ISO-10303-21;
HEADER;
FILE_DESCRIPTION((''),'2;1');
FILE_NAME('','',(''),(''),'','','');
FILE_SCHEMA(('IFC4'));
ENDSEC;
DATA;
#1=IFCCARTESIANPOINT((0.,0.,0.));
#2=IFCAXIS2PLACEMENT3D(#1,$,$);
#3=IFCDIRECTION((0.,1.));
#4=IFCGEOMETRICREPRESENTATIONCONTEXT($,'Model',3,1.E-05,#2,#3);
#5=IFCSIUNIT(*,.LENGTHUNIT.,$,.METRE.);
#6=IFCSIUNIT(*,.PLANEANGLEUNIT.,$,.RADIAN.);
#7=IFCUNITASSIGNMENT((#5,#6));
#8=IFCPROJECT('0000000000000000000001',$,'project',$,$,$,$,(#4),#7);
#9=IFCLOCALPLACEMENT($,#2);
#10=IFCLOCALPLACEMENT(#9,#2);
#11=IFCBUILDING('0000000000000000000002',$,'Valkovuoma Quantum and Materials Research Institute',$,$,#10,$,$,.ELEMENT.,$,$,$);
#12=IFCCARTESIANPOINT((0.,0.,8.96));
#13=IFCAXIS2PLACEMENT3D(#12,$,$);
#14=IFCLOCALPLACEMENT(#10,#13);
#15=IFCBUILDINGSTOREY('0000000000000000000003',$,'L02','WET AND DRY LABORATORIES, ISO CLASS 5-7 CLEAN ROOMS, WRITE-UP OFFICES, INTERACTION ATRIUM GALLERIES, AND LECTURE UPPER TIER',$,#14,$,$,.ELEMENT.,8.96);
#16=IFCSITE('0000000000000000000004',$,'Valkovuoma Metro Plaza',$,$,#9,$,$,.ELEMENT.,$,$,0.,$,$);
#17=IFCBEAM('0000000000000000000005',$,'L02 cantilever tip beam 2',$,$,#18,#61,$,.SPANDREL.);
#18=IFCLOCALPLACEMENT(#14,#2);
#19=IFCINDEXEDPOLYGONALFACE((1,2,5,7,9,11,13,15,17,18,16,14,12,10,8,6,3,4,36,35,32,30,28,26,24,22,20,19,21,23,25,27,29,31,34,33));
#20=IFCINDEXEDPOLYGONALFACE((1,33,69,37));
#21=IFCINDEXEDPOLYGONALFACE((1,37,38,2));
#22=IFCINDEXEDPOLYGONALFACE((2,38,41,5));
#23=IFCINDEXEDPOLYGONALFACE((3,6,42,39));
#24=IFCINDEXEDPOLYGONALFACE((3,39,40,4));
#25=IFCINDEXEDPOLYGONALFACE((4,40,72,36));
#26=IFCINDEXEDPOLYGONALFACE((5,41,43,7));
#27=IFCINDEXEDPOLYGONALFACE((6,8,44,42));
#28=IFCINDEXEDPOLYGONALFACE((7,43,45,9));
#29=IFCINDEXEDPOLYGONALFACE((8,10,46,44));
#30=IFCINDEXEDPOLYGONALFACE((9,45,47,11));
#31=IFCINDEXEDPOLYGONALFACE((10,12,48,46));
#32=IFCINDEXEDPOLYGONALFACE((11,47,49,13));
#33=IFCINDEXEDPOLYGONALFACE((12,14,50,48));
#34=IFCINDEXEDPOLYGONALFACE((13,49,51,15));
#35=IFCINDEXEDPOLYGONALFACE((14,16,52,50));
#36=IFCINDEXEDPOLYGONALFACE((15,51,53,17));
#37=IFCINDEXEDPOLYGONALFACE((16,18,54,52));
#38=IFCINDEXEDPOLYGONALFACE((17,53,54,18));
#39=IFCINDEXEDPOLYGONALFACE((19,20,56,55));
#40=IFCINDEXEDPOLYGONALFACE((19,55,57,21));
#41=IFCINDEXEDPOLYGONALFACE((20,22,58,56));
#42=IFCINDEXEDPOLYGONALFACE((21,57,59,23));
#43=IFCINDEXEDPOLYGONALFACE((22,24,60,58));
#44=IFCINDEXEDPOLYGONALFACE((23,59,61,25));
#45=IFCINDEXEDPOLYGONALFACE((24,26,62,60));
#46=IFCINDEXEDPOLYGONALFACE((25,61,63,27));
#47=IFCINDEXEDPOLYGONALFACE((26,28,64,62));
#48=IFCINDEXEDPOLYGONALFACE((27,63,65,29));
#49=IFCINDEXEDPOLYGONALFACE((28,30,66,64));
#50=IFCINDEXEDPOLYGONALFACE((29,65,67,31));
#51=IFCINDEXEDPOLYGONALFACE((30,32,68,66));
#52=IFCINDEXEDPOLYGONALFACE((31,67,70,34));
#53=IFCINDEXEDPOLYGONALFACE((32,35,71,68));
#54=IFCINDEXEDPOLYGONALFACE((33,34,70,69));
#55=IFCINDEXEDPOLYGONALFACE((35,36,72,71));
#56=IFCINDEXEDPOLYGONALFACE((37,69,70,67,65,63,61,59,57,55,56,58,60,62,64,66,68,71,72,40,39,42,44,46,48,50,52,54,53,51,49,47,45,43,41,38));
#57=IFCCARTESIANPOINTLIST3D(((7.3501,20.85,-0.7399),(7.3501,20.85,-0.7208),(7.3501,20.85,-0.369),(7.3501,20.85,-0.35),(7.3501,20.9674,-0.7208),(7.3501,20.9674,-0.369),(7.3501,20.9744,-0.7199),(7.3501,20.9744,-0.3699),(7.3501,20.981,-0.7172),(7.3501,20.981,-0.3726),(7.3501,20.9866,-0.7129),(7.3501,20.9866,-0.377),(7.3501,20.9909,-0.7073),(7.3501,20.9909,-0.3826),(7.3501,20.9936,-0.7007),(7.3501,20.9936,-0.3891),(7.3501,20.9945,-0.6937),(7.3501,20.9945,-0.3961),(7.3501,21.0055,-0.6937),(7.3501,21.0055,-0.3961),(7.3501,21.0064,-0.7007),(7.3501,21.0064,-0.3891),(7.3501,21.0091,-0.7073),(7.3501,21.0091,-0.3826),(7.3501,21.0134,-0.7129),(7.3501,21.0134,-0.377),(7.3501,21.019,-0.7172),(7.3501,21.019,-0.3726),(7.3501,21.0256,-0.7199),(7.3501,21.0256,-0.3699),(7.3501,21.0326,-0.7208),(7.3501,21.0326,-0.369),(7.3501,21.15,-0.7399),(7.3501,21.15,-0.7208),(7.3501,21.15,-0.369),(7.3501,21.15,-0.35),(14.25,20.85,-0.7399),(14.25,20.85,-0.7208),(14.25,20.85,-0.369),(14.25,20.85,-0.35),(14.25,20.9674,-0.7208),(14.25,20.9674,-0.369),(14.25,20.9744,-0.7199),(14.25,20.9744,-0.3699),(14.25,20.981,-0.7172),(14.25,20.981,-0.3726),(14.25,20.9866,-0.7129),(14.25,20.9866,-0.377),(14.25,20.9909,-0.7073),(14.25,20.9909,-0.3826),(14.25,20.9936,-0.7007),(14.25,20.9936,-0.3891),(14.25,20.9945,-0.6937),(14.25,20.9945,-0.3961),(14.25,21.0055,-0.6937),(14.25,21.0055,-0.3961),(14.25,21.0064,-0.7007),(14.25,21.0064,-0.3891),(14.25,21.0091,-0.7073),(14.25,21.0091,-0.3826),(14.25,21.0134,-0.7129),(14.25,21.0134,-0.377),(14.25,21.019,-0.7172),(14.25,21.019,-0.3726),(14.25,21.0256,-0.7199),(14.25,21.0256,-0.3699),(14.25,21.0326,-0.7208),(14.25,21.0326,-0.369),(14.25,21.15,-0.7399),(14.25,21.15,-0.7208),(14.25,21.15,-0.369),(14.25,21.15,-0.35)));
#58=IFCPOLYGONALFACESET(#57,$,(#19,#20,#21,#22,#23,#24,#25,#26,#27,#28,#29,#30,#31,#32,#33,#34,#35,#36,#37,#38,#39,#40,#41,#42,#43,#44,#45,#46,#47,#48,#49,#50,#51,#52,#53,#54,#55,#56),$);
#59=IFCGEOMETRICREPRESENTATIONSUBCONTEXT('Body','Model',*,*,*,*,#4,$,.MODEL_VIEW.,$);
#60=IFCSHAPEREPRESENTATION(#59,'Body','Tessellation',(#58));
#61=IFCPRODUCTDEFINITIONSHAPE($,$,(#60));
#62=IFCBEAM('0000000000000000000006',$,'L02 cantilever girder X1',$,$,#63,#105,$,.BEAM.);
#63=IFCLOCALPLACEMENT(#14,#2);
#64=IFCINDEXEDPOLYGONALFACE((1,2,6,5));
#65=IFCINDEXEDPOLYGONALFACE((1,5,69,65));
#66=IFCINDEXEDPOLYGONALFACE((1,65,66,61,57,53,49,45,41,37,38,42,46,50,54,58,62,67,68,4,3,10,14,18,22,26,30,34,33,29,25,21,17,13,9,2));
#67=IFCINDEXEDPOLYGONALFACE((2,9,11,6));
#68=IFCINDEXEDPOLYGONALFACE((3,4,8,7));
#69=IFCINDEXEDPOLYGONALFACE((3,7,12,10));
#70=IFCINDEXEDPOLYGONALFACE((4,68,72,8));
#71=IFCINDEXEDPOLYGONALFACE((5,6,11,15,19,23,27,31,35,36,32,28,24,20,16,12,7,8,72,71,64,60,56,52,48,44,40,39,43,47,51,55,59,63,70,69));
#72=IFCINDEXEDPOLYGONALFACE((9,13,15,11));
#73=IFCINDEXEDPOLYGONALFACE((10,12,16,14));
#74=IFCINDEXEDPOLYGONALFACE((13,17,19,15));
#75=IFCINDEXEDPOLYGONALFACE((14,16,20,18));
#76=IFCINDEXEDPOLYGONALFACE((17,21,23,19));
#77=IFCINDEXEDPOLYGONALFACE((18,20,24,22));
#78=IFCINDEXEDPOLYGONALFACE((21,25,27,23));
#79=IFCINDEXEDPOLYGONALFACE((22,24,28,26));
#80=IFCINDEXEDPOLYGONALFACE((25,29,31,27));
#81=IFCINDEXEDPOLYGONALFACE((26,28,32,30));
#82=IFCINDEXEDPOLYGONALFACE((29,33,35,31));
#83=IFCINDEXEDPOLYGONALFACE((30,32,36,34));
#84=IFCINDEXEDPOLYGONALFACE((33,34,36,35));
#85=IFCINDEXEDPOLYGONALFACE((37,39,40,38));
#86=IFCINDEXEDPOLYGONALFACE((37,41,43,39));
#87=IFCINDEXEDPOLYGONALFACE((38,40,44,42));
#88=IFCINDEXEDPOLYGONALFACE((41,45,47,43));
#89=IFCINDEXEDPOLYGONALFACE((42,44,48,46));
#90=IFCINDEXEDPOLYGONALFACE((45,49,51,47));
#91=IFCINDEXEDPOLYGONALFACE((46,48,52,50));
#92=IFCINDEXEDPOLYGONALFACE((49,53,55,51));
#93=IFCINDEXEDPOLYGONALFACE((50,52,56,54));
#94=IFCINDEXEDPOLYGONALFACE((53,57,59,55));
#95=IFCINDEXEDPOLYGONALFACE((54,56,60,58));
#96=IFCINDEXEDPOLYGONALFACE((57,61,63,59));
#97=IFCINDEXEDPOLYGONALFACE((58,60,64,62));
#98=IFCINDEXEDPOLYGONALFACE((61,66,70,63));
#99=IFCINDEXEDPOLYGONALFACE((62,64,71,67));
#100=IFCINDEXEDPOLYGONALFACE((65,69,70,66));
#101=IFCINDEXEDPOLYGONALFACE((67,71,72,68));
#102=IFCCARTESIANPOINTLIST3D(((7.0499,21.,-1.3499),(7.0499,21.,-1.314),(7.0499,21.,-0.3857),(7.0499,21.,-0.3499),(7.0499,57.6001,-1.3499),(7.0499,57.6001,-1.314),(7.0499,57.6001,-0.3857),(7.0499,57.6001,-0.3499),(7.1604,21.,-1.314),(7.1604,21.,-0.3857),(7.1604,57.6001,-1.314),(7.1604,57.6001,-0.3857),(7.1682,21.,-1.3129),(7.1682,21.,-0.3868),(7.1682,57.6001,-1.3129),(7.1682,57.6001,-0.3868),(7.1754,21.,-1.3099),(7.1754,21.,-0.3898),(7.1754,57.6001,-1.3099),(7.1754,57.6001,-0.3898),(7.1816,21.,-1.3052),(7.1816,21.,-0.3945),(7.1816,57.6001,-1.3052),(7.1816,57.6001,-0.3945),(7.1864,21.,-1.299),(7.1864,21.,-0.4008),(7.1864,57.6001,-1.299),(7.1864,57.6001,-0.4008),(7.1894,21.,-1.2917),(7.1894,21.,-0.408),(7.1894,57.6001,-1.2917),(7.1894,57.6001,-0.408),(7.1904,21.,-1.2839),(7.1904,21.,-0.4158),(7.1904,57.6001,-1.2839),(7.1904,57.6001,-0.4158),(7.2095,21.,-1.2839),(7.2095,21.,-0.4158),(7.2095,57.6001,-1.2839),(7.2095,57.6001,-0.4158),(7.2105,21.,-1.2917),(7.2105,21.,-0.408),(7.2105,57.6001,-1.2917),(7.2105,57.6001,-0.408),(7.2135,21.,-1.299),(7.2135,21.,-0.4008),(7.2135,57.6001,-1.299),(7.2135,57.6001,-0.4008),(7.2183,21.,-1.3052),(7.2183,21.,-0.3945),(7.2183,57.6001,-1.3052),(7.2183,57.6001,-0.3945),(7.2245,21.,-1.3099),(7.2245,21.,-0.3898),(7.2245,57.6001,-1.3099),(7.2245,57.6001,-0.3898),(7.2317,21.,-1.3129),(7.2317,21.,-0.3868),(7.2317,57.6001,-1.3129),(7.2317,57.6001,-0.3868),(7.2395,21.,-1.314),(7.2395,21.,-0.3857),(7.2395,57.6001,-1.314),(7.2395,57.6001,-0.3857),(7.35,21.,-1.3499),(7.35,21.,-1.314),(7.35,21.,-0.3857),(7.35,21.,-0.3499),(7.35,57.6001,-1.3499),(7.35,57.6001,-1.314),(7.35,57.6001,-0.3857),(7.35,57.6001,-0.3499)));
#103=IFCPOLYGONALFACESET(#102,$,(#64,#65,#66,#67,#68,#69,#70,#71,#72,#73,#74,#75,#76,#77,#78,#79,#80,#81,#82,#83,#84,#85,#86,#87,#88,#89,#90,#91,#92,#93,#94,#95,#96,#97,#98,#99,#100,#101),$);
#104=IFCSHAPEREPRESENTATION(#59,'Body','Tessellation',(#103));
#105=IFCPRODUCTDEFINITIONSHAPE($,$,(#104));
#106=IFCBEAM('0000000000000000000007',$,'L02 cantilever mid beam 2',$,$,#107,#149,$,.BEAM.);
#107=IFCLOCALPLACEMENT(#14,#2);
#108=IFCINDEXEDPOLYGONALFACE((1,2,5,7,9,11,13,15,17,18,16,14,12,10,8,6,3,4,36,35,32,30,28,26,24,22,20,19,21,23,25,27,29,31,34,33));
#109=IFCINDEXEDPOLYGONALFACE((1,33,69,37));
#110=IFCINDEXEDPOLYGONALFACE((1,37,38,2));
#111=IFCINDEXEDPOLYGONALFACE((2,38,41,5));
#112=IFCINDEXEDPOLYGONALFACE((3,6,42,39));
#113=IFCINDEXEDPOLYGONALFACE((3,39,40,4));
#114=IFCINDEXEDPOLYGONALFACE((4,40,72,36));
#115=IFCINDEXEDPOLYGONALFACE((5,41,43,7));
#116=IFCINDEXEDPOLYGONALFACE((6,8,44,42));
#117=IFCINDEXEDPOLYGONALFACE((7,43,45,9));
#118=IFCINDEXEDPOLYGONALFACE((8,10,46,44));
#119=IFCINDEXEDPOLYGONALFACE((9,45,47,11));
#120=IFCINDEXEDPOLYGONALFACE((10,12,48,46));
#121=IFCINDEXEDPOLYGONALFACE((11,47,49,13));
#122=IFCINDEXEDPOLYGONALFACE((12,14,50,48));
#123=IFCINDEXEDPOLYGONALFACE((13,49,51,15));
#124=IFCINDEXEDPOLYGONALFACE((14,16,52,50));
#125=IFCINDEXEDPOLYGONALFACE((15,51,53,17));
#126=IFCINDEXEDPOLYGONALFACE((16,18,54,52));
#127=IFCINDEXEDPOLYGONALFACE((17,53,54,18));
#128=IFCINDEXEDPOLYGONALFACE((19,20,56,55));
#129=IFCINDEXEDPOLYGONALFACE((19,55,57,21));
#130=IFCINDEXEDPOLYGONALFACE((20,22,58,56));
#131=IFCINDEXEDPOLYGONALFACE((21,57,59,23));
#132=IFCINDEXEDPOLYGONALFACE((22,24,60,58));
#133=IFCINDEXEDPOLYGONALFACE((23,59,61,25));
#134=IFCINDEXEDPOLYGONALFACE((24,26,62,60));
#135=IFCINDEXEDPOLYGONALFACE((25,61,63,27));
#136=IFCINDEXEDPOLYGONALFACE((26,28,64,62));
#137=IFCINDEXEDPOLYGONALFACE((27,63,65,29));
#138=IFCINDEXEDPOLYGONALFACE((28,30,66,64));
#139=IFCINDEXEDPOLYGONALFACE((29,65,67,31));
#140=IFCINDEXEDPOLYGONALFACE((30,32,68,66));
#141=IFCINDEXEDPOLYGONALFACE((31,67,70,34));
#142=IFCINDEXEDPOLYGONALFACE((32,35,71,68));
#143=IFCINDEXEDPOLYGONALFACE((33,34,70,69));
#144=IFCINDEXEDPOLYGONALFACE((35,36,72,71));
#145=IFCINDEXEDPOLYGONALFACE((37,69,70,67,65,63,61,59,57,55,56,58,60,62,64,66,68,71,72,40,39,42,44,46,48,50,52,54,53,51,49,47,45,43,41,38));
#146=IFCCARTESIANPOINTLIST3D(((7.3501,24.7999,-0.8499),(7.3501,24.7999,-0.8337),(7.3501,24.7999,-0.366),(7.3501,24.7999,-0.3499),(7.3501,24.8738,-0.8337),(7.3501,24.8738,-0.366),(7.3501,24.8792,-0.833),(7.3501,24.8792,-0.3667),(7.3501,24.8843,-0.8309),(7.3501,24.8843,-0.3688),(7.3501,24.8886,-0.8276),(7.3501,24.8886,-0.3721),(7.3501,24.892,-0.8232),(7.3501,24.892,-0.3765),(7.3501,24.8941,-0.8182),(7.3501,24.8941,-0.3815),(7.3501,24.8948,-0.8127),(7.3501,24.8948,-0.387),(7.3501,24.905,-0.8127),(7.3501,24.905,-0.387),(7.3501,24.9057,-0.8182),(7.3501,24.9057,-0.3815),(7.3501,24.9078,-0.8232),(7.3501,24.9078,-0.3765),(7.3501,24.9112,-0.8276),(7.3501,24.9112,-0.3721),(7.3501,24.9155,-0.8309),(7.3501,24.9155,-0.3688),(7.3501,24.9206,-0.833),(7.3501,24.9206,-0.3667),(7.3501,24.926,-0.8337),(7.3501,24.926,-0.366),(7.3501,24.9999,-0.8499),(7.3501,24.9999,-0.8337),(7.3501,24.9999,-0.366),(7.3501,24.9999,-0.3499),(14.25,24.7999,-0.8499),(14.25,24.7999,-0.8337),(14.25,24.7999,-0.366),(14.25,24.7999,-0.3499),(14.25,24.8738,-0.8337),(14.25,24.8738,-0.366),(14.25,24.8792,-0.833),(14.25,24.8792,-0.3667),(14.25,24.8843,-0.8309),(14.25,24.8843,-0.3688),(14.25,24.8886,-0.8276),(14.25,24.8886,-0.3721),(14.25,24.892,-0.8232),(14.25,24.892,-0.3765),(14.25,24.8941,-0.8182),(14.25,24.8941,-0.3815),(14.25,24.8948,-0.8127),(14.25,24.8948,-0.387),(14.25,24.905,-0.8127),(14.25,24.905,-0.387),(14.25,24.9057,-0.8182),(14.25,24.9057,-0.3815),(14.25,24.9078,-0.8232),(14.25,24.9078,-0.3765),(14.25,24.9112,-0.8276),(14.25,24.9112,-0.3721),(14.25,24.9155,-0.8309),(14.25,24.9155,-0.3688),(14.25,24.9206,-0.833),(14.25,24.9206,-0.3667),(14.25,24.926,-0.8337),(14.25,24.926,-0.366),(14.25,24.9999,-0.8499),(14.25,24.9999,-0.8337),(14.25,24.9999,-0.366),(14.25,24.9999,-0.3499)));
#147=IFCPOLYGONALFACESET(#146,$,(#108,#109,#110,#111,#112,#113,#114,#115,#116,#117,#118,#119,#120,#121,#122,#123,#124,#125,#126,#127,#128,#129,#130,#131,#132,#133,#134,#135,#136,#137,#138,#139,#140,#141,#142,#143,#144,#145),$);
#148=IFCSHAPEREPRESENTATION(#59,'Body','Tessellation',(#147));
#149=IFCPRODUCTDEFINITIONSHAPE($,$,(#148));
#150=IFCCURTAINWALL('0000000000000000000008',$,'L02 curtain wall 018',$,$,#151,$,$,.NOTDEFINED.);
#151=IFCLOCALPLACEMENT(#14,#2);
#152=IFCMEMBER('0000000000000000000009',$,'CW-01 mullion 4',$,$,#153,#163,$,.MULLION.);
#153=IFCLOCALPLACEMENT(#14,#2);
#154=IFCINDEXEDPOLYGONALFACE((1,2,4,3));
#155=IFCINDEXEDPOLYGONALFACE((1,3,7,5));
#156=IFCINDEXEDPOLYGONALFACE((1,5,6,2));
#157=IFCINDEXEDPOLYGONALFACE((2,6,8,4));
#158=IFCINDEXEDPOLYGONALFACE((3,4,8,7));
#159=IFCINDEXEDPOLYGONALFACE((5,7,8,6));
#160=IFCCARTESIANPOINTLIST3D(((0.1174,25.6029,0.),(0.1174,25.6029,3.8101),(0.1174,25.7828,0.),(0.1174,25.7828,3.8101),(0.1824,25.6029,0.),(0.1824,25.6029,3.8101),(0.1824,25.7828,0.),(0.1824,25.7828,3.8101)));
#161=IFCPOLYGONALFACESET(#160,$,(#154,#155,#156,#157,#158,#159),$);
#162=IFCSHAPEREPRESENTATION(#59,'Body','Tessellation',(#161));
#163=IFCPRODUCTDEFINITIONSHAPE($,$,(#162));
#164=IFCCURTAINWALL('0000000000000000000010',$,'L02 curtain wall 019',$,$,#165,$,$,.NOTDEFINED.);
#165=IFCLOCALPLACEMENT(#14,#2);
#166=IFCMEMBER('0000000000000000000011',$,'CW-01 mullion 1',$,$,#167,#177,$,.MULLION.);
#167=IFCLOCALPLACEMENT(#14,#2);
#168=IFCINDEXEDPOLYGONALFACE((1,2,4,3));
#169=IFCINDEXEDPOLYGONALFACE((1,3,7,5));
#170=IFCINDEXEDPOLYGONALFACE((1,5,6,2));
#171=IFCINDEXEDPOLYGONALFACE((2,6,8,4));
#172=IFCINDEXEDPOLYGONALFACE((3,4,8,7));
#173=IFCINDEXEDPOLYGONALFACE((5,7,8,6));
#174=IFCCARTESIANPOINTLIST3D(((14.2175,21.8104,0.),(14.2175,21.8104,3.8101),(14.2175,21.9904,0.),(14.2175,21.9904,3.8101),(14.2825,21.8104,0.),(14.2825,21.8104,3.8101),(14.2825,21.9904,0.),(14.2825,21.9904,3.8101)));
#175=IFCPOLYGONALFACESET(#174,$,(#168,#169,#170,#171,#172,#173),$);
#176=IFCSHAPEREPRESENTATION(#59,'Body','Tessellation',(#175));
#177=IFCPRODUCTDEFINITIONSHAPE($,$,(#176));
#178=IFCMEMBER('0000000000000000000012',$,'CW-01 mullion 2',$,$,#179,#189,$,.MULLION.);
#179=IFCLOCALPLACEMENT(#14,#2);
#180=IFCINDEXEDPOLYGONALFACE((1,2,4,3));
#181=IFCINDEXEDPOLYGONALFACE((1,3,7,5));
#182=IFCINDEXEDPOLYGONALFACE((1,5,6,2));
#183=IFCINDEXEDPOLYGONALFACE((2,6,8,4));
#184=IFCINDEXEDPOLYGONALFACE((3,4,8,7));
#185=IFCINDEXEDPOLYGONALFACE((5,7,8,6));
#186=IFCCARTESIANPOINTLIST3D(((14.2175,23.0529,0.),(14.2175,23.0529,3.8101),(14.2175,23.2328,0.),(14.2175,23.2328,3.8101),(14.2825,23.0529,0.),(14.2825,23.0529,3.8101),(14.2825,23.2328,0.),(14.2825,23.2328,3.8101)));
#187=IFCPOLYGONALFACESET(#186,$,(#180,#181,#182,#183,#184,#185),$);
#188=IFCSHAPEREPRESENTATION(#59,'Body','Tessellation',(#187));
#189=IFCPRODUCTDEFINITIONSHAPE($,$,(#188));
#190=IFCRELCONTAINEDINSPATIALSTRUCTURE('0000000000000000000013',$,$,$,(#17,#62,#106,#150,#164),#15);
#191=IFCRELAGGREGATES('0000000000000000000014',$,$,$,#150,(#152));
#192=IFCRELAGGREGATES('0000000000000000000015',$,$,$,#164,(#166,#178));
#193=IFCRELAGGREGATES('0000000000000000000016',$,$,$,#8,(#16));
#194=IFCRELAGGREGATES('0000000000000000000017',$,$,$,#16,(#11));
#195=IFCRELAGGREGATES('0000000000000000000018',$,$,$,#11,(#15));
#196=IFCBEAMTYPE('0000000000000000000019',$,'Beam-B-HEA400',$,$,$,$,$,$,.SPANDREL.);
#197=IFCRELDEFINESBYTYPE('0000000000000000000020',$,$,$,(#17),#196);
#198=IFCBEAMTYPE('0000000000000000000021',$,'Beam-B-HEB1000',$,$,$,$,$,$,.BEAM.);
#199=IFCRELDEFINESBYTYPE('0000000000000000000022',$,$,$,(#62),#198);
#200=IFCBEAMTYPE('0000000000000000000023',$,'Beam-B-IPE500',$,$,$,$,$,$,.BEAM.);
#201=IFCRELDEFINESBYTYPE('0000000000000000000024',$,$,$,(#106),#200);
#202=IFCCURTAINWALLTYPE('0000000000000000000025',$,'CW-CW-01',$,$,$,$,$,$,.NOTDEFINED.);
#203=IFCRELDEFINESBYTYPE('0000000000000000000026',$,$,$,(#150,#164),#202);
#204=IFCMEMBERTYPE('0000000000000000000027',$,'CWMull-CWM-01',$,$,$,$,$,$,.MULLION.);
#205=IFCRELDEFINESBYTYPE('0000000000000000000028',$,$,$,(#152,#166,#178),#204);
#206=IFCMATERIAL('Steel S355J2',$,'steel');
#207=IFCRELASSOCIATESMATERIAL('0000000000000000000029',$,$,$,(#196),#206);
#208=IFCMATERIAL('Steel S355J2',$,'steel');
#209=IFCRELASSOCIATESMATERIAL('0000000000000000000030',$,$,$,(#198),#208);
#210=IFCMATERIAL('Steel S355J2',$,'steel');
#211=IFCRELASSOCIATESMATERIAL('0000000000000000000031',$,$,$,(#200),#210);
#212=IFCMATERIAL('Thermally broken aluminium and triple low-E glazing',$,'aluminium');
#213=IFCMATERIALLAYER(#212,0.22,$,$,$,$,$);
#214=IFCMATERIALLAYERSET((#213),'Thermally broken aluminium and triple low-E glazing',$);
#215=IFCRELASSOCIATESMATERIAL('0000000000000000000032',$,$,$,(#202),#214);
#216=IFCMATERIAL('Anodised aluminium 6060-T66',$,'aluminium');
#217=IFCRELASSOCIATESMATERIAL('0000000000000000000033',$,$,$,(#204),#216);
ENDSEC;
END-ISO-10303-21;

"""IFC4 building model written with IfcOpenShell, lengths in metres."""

from ifc_helpers import new_model, si_unit, direction, frame, origin, origin_2d, place, context, subcontext, project, spatial, rectangle, i_section, extrude, material, layer, layer_set, material_profile, profile_set, type_object, element, aggregate, save


model = new_model("IFC4")

# Units and contexts
model_context = context("Model", 3, precision=1e-05, world=origin(), true_north=direction((0.0, 1.0)))
body_context = subcontext(model_context, "Body", "Model", "MODEL_VIEW")
ifc_project = project(units=[si_unit("LENGTHUNIT", "METRE"), si_unit("PLANEANGLEUNIT", "RADIAN")], contexts=[model_context])

# Site, building, storey
site_placement = place(None, origin())
site = spatial("IfcSite", under=ifc_project, at=site_placement, Name="Valkovuoma Metro Plaza", CompositionType="ELEMENT", RefElevation=0.0)
building_placement = place(site_placement, origin())
building = spatial("IfcBuilding", under=site, at=building_placement, Name="Valkovuoma Quantum and Materials Research Institute", CompositionType="ELEMENT")
storey_placement = place(building_placement, frame((0.0, 0.0, 8.96)))
storey = spatial("IfcBuildingStorey", under=building, at=storey_placement, Name="L02", Description="WET AND DRY LABORATORIES, ISO CLASS 5-7 CLEAN ROOMS, WRITE-UP OFFICES, INTERACTION ATRIUM GALLERIES, AND LECTURE UPPER TIER", CompositionType="ELEMENT", Elevation=8.96)

# Beams
ifc_material_1 = material(Name="Steel S355J2", Category="steel")
ifc_material_profile_1 = material_profile(ifc_material_1, i_section(OverallWidth=0.3, OverallDepth=0.3899, WebThickness=0.011, FlangeThickness=0.019, FilletRadius=0.0271, at=origin_2d()), Name="Steel S355J2")
ifc_profile_set_1 = profile_set([ifc_material_profile_1], Name="Steel S355J2")
beam_type_1 = type_object("IfcBeamType", Name="Beam-B-HEA400", PredefinedType="SPANDREL", material=ifc_profile_set_1)
beam_1_placement = place(storey_placement, frame((7.3501, 21.0, -0.5449), z_axis=(1.0, 0.0, 0.0), x_axis=(0.0, 1.0, 0.0)))
element("IfcBeam", 1, at=beam_1_placement, inside=storey, type_object=beam_type_1, Name="L02 cantilever tip beam 2", PredefinedType="SPANDREL", context=body_context, shape_type="SweptSolid", body=[
    extrude(i_section(OverallWidth=0.3, OverallDepth=0.3899, WebThickness=0.011, FlangeThickness=0.019, FilletRadius=0.0271, at=origin_2d()), origin(), (0.0, 0.0, 1.0), 6.8999),
])
ifc_material_2 = material(Name="Steel S355J2", Category="steel")
ifc_material_profile_2 = material_profile(ifc_material_2, i_section(OverallWidth=0.3, OverallDepth=1.0, WebThickness=0.019, FlangeThickness=0.0359, FilletRadius=0.03, at=origin_2d()), Name="Steel S355J2")
ifc_profile_set_2 = profile_set([ifc_material_profile_2], Name="Steel S355J2")
beam_type_2 = type_object("IfcBeamType", Name="Beam-B-HEB1000", PredefinedType="BEAM", material=ifc_profile_set_2)
beam_2_placement = place(storey_placement, frame((7.2, 21.0, -0.8499), z_axis=(0.0, 1.0, 0.0), x_axis=(-1.0, 0.0, 0.0)))
element("IfcBeam", 2, at=beam_2_placement, inside=storey, type_object=beam_type_2, Name="L02 cantilever girder X1", PredefinedType="BEAM", context=body_context, shape_type="SweptSolid", body=[
    extrude(i_section(OverallWidth=0.3, OverallDepth=1.0, WebThickness=0.019, FlangeThickness=0.0359, FilletRadius=0.03, at=origin_2d()), origin(), (0.0, 0.0, 1.0), 36.6001),
])
ifc_material_3 = material(Name="Steel S355J2", Category="steel")
ifc_material_profile_3 = material_profile(ifc_material_3, i_section(OverallWidth=0.2, OverallDepth=0.5, WebThickness=0.0103, FlangeThickness=0.0161, FilletRadius=0.021, at=origin_2d()), Name="Steel S355J2")
ifc_profile_set_3 = profile_set([ifc_material_profile_3], Name="Steel S355J2")
beam_type_3 = type_object("IfcBeamType", Name="Beam-B-IPE500", PredefinedType="BEAM", material=ifc_profile_set_3)
beam_3_placement = place(storey_placement, frame((7.3501, 24.8999, -0.5999), z_axis=(1.0, 0.0, 0.0), x_axis=(0.0, 1.0, 0.0)))
element("IfcBeam", 3, at=beam_3_placement, inside=storey, type_object=beam_type_3, Name="L02 cantilever mid beam 2", PredefinedType="BEAM", context=body_context, shape_type="SweptSolid", body=[
    extrude(i_section(OverallWidth=0.2, OverallDepth=0.5, WebThickness=0.0103, FlangeThickness=0.0161, FilletRadius=0.021, at=origin_2d()), origin(), (0.0, 0.0, 1.0), 6.8999),
])

# Curtain wall, member
ifc_material_4 = material(Name="Thermally broken aluminium and triple low-E glazing", Category="aluminium")
ifc_layer_1 = layer(ifc_material_4, 0.22)
ifc_layer_set_1 = layer_set([ifc_layer_1], Name="Thermally broken aluminium and triple low-E glazing")
curtain_wall_type = type_object("IfcCurtainWallType", Name="CW-CW-01", PredefinedType="NOTDEFINED", material=ifc_layer_set_1)
curtain_wall_1_placement = place(storey_placement, origin())
curtain_wall_1 = element("IfcCurtainWall", 4, at=curtain_wall_1_placement, inside=storey, type_object=curtain_wall_type, Name="L02 curtain wall 018", PredefinedType="NOTDEFINED")
ifc_material_5 = material(Name="Anodised aluminium 6060-T66", Category="aluminium")
ifc_material_profile_4 = material_profile(ifc_material_5, rectangle(XDim=0.0649, YDim=0.1799, at=origin_2d()), Name="Anodised aluminium 6060-T66")
ifc_profile_set_4 = profile_set([ifc_material_profile_4], Name="Anodised aluminium 6060-T66")
member_type_1 = type_object("IfcMemberType", Name="CWMull-CWM-01", PredefinedType="MULLION", material=ifc_profile_set_4)
member_1_placement = place(storey_placement, frame((0.1499, 25.6929, 0.0), z_axis=(0.0, 0.0, 1.0), x_axis=(-1.0, 0.0, 0.0)))
member_1 = element("IfcMember", 5, at=member_1_placement, type_object=member_type_1, Name="CW-01 mullion 4", PredefinedType="MULLION", context=body_context, shape_type="SweptSolid", body=[
    extrude(rectangle(XDim=0.0649, YDim=0.1799, at=origin_2d()), origin(), (0.0, 0.0, 1.0), 3.8101),
])

# Curtain wall, members
curtain_wall_2_placement = place(storey_placement, origin())
curtain_wall_2 = element("IfcCurtainWall", 6, at=curtain_wall_2_placement, inside=storey, type_object=curtain_wall_type, Name="L02 curtain wall 019", PredefinedType="NOTDEFINED")
member_2_placement = place(storey_placement, frame((14.25, 21.9004, 0.0), z_axis=(0.0, 0.0, 1.0), x_axis=(-1.0, 0.0, 0.0)))
member_2 = element("IfcMember", 7, at=member_2_placement, type_object=member_type_1, Name="CW-01 mullion 1", PredefinedType="MULLION", context=body_context, shape_type="SweptSolid", body=[
    extrude(rectangle(XDim=0.0649, YDim=0.1799, at=origin_2d()), origin(), (0.0, 0.0, 1.0), 3.8101),
])
member_3_placement = place(storey_placement, frame((14.25, 23.1428, 0.0), z_axis=(0.0, 0.0, 1.0), x_axis=(-1.0, 0.0, 0.0)))
member_3 = element("IfcMember", 8, at=member_3_placement, type_object=member_type_1, Name="CW-01 mullion 2", PredefinedType="MULLION", context=body_context, shape_type="SweptSolid", body=[
    extrude(rectangle(XDim=0.0649, YDim=0.1799, at=origin_2d()), origin(), (0.0, 0.0, 1.0), 3.8101),
])

aggregate(curtain_wall_1, [member_1])

aggregate(curtain_wall_2, [member_2, member_3])

save(model, "model.ifc")
